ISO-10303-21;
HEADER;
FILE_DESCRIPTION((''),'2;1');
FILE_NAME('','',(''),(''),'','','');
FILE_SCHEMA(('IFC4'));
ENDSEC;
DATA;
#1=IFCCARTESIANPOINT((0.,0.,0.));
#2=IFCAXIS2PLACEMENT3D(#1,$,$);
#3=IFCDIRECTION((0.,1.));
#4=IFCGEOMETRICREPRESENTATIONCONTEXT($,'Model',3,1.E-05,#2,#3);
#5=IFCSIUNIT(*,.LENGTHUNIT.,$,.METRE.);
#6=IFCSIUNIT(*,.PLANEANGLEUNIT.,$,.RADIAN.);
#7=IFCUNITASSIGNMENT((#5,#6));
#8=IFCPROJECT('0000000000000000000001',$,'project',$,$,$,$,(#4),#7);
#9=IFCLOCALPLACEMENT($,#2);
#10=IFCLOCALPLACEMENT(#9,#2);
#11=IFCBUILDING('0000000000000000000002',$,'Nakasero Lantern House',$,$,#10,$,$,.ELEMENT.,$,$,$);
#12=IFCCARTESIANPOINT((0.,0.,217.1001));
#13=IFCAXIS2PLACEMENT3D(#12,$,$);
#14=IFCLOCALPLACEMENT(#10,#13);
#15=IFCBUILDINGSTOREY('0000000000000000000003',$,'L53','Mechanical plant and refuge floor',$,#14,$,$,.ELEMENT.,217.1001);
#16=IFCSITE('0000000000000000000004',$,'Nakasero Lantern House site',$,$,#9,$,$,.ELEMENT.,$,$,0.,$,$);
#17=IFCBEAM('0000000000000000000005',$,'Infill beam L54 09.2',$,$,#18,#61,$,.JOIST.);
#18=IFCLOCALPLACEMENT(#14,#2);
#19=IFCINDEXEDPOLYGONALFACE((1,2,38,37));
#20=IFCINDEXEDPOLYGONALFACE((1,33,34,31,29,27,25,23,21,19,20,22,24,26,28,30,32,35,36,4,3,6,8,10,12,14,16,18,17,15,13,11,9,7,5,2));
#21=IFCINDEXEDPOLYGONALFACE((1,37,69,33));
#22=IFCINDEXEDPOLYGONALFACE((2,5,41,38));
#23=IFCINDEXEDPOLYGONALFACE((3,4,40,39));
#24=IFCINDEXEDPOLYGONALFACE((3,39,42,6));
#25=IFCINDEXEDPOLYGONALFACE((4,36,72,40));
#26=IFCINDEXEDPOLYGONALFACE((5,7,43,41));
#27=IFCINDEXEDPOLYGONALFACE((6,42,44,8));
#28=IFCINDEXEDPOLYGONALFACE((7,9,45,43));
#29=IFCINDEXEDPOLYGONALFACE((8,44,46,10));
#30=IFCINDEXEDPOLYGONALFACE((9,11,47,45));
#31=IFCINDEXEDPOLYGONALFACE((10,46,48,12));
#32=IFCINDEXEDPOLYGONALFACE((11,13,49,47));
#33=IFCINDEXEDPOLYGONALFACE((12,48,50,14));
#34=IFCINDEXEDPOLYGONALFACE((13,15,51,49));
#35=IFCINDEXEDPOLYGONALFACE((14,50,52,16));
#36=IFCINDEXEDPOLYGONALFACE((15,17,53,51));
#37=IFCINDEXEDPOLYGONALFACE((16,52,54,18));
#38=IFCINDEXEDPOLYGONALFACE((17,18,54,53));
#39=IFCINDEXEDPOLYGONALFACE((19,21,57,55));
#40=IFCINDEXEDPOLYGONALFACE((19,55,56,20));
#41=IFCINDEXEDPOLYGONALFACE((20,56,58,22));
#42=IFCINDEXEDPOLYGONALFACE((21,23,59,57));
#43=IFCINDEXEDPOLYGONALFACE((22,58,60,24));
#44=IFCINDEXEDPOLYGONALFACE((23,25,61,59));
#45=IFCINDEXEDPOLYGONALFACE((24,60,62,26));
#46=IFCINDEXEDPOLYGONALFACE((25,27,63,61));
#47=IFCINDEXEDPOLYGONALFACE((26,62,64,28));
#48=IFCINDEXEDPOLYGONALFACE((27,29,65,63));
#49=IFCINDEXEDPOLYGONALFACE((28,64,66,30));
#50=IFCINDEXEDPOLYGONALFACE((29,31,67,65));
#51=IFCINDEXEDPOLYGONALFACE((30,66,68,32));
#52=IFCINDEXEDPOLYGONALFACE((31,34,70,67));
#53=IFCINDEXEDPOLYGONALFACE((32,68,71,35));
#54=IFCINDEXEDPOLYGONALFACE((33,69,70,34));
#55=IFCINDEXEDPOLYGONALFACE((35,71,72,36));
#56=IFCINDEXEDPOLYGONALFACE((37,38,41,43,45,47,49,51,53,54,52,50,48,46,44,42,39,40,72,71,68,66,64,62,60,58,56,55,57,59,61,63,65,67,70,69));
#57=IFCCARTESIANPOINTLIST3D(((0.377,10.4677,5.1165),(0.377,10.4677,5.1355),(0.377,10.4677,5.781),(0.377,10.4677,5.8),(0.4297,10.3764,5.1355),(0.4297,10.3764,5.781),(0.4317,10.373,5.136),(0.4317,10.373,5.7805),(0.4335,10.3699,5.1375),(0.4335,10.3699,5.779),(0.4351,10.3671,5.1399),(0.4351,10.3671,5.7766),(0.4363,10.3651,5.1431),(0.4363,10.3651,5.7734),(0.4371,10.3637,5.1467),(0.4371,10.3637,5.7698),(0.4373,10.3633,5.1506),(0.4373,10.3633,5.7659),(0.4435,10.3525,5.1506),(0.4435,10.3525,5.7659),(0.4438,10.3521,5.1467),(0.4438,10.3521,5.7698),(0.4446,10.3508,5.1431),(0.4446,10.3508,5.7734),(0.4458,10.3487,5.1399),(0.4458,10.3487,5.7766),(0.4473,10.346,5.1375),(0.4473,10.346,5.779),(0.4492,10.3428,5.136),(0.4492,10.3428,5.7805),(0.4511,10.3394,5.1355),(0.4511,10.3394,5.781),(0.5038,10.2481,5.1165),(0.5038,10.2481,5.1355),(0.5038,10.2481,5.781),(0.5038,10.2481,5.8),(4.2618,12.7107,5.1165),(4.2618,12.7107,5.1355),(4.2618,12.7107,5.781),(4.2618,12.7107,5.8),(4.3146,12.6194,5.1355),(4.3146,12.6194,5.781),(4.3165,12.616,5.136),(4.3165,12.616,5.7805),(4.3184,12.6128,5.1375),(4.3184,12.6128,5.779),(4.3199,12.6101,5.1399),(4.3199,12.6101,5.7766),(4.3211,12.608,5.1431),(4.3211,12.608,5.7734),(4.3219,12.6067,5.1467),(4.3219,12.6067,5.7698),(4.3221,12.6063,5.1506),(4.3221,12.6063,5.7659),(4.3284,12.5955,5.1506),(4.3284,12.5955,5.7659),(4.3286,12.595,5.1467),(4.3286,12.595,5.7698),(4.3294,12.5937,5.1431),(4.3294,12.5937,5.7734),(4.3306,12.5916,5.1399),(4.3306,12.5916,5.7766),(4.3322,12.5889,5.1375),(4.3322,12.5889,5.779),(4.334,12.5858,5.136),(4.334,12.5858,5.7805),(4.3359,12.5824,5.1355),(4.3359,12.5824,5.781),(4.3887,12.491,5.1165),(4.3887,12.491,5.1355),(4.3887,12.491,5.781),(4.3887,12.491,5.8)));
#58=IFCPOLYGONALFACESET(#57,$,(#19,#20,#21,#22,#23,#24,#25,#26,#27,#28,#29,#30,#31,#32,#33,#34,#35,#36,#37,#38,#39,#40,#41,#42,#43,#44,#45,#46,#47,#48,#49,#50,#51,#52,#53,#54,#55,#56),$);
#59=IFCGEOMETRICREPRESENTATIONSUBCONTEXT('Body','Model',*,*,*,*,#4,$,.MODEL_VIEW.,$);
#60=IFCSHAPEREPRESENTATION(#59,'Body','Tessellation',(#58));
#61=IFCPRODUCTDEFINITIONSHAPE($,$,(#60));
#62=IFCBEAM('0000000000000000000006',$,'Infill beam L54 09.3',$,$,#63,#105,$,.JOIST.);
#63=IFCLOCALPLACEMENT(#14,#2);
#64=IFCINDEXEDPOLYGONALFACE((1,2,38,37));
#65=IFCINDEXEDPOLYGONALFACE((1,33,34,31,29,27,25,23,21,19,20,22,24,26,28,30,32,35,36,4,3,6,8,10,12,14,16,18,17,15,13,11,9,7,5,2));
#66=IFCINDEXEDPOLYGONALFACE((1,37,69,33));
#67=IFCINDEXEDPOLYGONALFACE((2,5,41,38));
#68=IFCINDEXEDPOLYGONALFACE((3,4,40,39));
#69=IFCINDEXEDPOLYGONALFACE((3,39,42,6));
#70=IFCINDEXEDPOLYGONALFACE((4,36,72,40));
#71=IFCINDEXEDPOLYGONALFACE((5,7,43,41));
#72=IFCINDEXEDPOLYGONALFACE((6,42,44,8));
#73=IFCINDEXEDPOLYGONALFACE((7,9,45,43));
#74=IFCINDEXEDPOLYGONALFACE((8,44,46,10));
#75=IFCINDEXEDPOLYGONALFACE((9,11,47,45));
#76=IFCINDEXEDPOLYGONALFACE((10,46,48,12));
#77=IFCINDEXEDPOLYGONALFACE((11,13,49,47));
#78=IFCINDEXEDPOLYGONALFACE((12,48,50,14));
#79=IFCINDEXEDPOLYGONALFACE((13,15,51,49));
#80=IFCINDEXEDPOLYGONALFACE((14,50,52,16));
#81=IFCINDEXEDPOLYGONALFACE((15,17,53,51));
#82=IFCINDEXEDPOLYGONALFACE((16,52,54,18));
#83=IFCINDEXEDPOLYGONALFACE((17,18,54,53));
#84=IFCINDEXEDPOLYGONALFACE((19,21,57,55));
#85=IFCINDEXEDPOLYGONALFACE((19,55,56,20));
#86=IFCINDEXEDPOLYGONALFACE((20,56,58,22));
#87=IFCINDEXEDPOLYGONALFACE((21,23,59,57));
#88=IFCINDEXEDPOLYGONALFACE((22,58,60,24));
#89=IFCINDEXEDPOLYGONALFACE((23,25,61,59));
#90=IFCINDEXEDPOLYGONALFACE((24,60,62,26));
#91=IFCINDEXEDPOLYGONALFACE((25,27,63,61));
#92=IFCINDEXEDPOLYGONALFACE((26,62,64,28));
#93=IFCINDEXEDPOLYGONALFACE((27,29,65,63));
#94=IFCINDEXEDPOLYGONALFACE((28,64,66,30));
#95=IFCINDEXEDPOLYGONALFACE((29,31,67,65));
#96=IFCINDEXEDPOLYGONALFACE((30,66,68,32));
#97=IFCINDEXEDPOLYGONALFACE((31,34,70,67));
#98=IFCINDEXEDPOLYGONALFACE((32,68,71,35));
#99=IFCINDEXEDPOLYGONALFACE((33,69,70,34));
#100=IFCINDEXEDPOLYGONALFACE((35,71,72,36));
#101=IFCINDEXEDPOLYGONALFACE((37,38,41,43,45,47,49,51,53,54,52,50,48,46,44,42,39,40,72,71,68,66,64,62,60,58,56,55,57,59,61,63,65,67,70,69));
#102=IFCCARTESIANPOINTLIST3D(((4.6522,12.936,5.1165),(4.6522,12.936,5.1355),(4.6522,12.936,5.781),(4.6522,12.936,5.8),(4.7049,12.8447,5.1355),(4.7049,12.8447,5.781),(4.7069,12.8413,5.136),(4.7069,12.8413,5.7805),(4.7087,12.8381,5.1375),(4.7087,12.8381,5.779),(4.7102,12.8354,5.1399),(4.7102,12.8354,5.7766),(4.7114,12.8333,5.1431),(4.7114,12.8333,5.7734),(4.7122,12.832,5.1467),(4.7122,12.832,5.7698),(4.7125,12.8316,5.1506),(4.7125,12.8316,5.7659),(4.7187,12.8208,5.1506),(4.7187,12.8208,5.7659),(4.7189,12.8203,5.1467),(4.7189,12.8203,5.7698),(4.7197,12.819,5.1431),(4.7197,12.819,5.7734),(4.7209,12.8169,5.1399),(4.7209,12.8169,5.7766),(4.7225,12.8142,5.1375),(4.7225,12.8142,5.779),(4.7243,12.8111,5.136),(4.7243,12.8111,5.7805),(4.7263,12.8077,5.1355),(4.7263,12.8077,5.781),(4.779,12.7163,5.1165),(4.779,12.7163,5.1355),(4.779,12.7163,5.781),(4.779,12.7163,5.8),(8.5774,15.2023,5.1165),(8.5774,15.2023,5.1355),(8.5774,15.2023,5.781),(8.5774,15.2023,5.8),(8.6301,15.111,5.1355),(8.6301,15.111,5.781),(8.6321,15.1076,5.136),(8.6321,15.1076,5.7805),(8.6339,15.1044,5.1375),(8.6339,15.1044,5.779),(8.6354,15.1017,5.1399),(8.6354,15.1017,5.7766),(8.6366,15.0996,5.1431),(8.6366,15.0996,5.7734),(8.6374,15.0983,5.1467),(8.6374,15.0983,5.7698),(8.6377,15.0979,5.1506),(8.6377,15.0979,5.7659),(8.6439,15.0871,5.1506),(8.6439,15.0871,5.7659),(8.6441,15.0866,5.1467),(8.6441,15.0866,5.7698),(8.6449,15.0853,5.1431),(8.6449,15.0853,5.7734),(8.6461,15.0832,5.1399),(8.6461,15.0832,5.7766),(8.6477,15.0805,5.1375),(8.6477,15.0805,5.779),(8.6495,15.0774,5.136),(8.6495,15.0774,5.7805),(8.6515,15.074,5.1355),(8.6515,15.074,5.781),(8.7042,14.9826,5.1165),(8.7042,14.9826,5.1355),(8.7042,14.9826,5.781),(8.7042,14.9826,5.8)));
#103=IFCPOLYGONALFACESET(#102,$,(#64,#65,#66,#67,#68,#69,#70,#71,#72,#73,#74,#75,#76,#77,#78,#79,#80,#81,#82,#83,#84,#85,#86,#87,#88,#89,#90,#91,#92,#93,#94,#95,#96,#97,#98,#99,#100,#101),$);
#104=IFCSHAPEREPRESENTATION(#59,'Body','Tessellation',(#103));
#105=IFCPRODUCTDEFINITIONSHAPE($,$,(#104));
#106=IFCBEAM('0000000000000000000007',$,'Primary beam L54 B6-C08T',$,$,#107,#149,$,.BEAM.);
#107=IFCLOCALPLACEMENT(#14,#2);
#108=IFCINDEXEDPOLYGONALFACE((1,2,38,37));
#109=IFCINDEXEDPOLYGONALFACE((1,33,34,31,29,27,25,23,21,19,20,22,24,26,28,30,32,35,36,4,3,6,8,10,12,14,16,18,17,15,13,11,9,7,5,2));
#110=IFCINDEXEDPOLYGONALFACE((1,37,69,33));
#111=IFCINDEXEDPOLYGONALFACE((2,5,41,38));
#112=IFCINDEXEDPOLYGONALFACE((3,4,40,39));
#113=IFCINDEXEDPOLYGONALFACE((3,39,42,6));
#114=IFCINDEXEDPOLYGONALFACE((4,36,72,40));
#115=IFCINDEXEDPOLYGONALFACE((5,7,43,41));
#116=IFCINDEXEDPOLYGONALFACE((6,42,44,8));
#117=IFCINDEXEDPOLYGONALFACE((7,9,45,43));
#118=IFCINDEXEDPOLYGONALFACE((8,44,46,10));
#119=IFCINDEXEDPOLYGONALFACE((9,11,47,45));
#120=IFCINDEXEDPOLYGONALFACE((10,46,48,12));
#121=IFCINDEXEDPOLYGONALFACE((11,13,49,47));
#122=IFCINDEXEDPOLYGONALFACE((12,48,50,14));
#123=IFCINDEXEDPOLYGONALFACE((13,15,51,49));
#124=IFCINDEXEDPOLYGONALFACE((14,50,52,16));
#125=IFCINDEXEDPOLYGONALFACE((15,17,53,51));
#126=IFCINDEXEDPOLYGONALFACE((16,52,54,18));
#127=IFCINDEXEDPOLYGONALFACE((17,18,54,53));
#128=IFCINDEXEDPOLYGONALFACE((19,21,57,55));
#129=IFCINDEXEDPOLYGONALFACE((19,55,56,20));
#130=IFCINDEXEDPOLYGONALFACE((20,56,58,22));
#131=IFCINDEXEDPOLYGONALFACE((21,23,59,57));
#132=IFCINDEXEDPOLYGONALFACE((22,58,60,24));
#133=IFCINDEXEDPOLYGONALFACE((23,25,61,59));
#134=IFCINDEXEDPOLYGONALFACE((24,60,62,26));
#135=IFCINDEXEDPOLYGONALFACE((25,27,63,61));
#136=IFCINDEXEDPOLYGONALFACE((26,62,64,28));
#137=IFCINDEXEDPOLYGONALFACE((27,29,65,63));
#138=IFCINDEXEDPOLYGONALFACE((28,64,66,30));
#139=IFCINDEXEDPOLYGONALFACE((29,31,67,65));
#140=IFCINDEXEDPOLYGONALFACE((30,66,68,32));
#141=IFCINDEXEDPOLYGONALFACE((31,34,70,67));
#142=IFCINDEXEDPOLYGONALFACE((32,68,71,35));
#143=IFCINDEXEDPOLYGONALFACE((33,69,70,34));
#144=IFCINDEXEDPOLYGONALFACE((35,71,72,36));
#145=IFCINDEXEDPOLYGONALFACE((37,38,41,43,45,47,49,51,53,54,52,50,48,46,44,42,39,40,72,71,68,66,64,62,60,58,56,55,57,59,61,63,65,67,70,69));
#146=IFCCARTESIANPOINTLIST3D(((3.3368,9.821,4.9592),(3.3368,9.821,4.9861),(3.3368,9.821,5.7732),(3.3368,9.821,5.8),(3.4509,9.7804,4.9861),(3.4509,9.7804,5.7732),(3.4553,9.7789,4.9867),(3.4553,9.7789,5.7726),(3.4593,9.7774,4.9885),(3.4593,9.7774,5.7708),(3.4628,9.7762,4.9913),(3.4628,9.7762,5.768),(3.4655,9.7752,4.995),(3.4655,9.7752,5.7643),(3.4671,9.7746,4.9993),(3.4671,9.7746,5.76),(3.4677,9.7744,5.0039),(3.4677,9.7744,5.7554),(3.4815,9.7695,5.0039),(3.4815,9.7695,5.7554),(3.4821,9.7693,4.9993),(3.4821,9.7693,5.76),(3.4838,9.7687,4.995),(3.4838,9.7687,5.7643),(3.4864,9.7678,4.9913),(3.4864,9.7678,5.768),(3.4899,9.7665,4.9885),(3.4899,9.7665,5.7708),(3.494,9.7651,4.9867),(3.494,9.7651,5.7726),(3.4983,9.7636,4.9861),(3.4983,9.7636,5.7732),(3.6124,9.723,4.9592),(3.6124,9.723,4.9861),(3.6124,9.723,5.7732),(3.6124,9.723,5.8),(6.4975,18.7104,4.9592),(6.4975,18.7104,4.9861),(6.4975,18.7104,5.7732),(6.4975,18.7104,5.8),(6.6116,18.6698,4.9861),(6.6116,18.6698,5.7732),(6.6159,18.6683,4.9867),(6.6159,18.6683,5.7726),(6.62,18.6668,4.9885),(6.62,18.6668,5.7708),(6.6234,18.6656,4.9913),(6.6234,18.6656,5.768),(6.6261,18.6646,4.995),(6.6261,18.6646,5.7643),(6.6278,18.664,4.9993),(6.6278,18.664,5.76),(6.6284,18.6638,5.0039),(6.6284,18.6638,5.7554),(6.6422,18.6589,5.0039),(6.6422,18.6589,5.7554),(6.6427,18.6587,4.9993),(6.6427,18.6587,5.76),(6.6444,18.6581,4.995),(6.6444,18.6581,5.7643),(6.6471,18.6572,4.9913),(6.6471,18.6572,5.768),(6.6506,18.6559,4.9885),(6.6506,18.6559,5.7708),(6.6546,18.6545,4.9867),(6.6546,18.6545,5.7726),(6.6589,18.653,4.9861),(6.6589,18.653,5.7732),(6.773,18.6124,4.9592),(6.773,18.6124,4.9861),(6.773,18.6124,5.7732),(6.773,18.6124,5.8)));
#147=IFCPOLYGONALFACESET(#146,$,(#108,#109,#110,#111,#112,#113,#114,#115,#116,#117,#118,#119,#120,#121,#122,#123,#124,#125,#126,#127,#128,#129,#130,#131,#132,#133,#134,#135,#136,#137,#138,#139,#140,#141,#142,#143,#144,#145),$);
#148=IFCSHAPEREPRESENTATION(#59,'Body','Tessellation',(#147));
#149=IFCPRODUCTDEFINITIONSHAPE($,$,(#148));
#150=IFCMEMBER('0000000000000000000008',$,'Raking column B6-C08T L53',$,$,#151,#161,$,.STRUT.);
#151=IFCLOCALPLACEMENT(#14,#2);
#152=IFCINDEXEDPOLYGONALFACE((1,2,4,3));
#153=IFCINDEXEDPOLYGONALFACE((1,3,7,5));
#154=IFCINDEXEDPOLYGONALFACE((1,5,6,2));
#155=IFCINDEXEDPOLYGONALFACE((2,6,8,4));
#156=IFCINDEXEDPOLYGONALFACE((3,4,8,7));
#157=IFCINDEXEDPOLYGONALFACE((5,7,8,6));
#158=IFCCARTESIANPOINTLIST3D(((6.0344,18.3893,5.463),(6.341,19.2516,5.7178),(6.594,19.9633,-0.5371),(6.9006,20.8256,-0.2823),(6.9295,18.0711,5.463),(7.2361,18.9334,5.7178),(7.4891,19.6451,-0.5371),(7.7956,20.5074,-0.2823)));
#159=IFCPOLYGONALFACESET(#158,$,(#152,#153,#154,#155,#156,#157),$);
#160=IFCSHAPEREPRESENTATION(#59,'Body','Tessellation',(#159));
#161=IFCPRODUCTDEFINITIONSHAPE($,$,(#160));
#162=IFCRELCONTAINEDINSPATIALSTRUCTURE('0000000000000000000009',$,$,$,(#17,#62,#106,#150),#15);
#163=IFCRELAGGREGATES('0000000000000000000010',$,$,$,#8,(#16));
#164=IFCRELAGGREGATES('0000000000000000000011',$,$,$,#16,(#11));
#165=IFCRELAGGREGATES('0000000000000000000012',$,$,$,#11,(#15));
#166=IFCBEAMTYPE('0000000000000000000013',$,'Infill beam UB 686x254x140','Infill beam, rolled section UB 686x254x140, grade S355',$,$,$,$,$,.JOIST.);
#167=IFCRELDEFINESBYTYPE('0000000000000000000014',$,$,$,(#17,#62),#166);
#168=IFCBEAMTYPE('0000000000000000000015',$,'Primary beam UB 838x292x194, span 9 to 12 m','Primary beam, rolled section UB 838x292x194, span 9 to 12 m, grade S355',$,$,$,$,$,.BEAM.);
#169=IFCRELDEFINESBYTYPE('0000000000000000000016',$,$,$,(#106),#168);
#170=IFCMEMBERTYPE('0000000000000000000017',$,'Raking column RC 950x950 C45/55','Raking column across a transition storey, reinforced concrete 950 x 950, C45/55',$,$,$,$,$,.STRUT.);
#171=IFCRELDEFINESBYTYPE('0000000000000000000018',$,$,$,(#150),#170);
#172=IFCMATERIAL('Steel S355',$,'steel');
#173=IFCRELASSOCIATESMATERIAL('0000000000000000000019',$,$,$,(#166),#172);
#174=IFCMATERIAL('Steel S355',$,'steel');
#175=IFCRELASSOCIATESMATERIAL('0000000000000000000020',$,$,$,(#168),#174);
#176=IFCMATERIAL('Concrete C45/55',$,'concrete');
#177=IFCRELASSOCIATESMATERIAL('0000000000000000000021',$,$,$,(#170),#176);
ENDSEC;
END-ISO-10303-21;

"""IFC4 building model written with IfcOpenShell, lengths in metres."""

from ifc_helpers import new_model, si_unit, direction, frame, origin, origin_2d, place, context, subcontext, project, spatial, rectangle, i_section, extrude, material, material_profile, profile_set, type_object, element, save


model = new_model("IFC4")

# Units and contexts
model_context = context("Model", 3, precision=1e-05, world=origin(), true_north=direction((0.0, 1.0)))
body_context = subcontext(model_context, "Body", "Model", "MODEL_VIEW")
ifc_project = project(units=[si_unit("LENGTHUNIT", "METRE"), si_unit("PLANEANGLEUNIT", "RADIAN")], contexts=[model_context])

# Site, building, storey
site_placement = place(None, origin())
site = spatial("IfcSite", under=ifc_project, at=site_placement, Name="Nakasero Lantern House site", CompositionType="ELEMENT", RefElevation=0.0)
building_placement = place(site_placement, origin())
building = spatial("IfcBuilding", under=site, at=building_placement, Name="Nakasero Lantern House", CompositionType="ELEMENT")
storey_placement = place(building_placement, frame((0.0, 0.0, 217.1001)))
storey = spatial("IfcBuildingStorey", under=building, at=storey_placement, Name="L53", Description="Mechanical plant and refuge floor", CompositionType="ELEMENT", Elevation=217.1001)

# Beams
ifc_material_1 = material(Name="Steel S355", Category="steel")
ifc_material_profile_1 = material_profile(ifc_material_1, i_section(OverallWidth=0.2537, OverallDepth=0.6836, WebThickness=0.0125, FlangeThickness=0.019, FilletRadius=0.0151, at=origin_2d()), Name="UB 686x254x140")
ifc_profile_set_1 = profile_set([ifc_material_profile_1], Name="Steel S355")
beam_type_1 = type_object("IfcBeamType", Name="Infill beam UB 686x254x140", Description="Infill beam, rolled section UB 686x254x140, grade S355", PredefinedType="JOIST", material=ifc_profile_set_1)
beam_1_placement = place(storey_placement, frame((0.4404, 10.3579, 5.4583), z_axis=(0.866021, 0.500008, 0.0), x_axis=(-0.500008, 0.866021, 0.0)))
element("IfcBeam", 1, at=beam_1_placement, inside=storey, type_object=beam_type_1, Name="Infill beam L54 09.2", PredefinedType="JOIST", context=body_context, shape_type="SweptSolid", body=[
    extrude(i_section(OverallWidth=0.2537, OverallDepth=0.6836, WebThickness=0.0125, FlangeThickness=0.019, FilletRadius=0.0151, at=origin_2d()), origin(), (0.0, 0.0, 1.0), 4.4858),
])
beam_2_placement = place(storey_placement, frame((4.7156, 12.8262, 5.4583), z_axis=(0.866017, 0.500015, 0.0), x_axis=(-0.500015, 0.866017, 0.0)))
element("IfcBeam", 2, at=beam_2_placement, inside=storey, type_object=beam_type_1, Name="Infill beam L54 09.3", PredefinedType="JOIST", context=body_context, shape_type="SweptSolid", body=[
    extrude(i_section(OverallWidth=0.2537, OverallDepth=0.6836, WebThickness=0.0125, FlangeThickness=0.019, FilletRadius=0.0151, at=origin_2d()), origin(), (0.0, 0.0, 1.0), 4.5325),
])
ifc_material_2 = material(Name="Steel S355", Category="steel")
ifc_material_profile_2 = material_profile(ifc_material_2, i_section(OverallWidth=0.2925, OverallDepth=0.8408, WebThickness=0.0146, FlangeThickness=0.0269, FilletRadius=0.0178, at=origin_2d()), Name="UB 838x292x194")
ifc_profile_set_2 = profile_set([ifc_material_profile_2], Name="Steel S355")
beam_type_2 = type_object("IfcBeamType", Name="Primary beam UB 838x292x194, span 9 to 12 m", Description="Primary beam, rolled section UB 838x292x194, span 9 to 12 m, grade S355", PredefinedType="BEAM", material=ifc_profile_set_2)
beam_3_placement = place(storey_placement, frame((6.6353, 18.6614, 5.3796), z_axis=(-0.335007, -0.942216, 0.0), x_axis=(0.942216, -0.335007, 0.0)))
element("IfcBeam", 3, at=beam_3_placement, inside=storey, type_object=beam_type_2, Name="Primary beam L54 B6-C08T", PredefinedType="BEAM", context=body_context, shape_type="SweptSolid", body=[
    extrude(i_section(OverallWidth=0.2925, OverallDepth=0.8408, WebThickness=0.0146, FlangeThickness=0.0269, FilletRadius=0.0178, at=origin_2d()), origin(), (0.0, 0.0, 1.0), 9.4346),
])

# Member
ifc_material_3 = material(Name="Concrete C45/55", Category="concrete")
ifc_material_profile_3 = material_profile(ifc_material_3, rectangle(XDim=0.95, YDim=0.95, at=origin_2d()), Name="RC 950x950")
ifc_profile_set_3 = profile_set([ifc_material_profile_3], Name="Concrete C45/55")
member_type_1 = type_object("IfcMemberType", Name="Raking column RC 950x950 C45/55", Description="Raking column across a transition storey, reinforced concrete 950 x 950, C45/55", PredefinedType="STRUT", material=ifc_profile_set_3)
member_1_placement = place(storey_placement, frame((7.1948, 20.2354, -0.4097), z_axis=(-0.089845, -0.252717, 0.96336), x_axis=(0.942227, -0.334975, 0.0)))
element("IfcMember", 4, at=member_1_placement, inside=storey, type_object=member_type_1, Name="Raking column B6-C08T L53", PredefinedType="STRUT", context=body_context, shape_type="SweptSolid", body=[
    extrude(rectangle(XDim=0.95, YDim=0.95, at=origin_2d()), origin(), (0.0, 0.0, 1.0), 6.2283),
])

save(model, "model.ifc")
